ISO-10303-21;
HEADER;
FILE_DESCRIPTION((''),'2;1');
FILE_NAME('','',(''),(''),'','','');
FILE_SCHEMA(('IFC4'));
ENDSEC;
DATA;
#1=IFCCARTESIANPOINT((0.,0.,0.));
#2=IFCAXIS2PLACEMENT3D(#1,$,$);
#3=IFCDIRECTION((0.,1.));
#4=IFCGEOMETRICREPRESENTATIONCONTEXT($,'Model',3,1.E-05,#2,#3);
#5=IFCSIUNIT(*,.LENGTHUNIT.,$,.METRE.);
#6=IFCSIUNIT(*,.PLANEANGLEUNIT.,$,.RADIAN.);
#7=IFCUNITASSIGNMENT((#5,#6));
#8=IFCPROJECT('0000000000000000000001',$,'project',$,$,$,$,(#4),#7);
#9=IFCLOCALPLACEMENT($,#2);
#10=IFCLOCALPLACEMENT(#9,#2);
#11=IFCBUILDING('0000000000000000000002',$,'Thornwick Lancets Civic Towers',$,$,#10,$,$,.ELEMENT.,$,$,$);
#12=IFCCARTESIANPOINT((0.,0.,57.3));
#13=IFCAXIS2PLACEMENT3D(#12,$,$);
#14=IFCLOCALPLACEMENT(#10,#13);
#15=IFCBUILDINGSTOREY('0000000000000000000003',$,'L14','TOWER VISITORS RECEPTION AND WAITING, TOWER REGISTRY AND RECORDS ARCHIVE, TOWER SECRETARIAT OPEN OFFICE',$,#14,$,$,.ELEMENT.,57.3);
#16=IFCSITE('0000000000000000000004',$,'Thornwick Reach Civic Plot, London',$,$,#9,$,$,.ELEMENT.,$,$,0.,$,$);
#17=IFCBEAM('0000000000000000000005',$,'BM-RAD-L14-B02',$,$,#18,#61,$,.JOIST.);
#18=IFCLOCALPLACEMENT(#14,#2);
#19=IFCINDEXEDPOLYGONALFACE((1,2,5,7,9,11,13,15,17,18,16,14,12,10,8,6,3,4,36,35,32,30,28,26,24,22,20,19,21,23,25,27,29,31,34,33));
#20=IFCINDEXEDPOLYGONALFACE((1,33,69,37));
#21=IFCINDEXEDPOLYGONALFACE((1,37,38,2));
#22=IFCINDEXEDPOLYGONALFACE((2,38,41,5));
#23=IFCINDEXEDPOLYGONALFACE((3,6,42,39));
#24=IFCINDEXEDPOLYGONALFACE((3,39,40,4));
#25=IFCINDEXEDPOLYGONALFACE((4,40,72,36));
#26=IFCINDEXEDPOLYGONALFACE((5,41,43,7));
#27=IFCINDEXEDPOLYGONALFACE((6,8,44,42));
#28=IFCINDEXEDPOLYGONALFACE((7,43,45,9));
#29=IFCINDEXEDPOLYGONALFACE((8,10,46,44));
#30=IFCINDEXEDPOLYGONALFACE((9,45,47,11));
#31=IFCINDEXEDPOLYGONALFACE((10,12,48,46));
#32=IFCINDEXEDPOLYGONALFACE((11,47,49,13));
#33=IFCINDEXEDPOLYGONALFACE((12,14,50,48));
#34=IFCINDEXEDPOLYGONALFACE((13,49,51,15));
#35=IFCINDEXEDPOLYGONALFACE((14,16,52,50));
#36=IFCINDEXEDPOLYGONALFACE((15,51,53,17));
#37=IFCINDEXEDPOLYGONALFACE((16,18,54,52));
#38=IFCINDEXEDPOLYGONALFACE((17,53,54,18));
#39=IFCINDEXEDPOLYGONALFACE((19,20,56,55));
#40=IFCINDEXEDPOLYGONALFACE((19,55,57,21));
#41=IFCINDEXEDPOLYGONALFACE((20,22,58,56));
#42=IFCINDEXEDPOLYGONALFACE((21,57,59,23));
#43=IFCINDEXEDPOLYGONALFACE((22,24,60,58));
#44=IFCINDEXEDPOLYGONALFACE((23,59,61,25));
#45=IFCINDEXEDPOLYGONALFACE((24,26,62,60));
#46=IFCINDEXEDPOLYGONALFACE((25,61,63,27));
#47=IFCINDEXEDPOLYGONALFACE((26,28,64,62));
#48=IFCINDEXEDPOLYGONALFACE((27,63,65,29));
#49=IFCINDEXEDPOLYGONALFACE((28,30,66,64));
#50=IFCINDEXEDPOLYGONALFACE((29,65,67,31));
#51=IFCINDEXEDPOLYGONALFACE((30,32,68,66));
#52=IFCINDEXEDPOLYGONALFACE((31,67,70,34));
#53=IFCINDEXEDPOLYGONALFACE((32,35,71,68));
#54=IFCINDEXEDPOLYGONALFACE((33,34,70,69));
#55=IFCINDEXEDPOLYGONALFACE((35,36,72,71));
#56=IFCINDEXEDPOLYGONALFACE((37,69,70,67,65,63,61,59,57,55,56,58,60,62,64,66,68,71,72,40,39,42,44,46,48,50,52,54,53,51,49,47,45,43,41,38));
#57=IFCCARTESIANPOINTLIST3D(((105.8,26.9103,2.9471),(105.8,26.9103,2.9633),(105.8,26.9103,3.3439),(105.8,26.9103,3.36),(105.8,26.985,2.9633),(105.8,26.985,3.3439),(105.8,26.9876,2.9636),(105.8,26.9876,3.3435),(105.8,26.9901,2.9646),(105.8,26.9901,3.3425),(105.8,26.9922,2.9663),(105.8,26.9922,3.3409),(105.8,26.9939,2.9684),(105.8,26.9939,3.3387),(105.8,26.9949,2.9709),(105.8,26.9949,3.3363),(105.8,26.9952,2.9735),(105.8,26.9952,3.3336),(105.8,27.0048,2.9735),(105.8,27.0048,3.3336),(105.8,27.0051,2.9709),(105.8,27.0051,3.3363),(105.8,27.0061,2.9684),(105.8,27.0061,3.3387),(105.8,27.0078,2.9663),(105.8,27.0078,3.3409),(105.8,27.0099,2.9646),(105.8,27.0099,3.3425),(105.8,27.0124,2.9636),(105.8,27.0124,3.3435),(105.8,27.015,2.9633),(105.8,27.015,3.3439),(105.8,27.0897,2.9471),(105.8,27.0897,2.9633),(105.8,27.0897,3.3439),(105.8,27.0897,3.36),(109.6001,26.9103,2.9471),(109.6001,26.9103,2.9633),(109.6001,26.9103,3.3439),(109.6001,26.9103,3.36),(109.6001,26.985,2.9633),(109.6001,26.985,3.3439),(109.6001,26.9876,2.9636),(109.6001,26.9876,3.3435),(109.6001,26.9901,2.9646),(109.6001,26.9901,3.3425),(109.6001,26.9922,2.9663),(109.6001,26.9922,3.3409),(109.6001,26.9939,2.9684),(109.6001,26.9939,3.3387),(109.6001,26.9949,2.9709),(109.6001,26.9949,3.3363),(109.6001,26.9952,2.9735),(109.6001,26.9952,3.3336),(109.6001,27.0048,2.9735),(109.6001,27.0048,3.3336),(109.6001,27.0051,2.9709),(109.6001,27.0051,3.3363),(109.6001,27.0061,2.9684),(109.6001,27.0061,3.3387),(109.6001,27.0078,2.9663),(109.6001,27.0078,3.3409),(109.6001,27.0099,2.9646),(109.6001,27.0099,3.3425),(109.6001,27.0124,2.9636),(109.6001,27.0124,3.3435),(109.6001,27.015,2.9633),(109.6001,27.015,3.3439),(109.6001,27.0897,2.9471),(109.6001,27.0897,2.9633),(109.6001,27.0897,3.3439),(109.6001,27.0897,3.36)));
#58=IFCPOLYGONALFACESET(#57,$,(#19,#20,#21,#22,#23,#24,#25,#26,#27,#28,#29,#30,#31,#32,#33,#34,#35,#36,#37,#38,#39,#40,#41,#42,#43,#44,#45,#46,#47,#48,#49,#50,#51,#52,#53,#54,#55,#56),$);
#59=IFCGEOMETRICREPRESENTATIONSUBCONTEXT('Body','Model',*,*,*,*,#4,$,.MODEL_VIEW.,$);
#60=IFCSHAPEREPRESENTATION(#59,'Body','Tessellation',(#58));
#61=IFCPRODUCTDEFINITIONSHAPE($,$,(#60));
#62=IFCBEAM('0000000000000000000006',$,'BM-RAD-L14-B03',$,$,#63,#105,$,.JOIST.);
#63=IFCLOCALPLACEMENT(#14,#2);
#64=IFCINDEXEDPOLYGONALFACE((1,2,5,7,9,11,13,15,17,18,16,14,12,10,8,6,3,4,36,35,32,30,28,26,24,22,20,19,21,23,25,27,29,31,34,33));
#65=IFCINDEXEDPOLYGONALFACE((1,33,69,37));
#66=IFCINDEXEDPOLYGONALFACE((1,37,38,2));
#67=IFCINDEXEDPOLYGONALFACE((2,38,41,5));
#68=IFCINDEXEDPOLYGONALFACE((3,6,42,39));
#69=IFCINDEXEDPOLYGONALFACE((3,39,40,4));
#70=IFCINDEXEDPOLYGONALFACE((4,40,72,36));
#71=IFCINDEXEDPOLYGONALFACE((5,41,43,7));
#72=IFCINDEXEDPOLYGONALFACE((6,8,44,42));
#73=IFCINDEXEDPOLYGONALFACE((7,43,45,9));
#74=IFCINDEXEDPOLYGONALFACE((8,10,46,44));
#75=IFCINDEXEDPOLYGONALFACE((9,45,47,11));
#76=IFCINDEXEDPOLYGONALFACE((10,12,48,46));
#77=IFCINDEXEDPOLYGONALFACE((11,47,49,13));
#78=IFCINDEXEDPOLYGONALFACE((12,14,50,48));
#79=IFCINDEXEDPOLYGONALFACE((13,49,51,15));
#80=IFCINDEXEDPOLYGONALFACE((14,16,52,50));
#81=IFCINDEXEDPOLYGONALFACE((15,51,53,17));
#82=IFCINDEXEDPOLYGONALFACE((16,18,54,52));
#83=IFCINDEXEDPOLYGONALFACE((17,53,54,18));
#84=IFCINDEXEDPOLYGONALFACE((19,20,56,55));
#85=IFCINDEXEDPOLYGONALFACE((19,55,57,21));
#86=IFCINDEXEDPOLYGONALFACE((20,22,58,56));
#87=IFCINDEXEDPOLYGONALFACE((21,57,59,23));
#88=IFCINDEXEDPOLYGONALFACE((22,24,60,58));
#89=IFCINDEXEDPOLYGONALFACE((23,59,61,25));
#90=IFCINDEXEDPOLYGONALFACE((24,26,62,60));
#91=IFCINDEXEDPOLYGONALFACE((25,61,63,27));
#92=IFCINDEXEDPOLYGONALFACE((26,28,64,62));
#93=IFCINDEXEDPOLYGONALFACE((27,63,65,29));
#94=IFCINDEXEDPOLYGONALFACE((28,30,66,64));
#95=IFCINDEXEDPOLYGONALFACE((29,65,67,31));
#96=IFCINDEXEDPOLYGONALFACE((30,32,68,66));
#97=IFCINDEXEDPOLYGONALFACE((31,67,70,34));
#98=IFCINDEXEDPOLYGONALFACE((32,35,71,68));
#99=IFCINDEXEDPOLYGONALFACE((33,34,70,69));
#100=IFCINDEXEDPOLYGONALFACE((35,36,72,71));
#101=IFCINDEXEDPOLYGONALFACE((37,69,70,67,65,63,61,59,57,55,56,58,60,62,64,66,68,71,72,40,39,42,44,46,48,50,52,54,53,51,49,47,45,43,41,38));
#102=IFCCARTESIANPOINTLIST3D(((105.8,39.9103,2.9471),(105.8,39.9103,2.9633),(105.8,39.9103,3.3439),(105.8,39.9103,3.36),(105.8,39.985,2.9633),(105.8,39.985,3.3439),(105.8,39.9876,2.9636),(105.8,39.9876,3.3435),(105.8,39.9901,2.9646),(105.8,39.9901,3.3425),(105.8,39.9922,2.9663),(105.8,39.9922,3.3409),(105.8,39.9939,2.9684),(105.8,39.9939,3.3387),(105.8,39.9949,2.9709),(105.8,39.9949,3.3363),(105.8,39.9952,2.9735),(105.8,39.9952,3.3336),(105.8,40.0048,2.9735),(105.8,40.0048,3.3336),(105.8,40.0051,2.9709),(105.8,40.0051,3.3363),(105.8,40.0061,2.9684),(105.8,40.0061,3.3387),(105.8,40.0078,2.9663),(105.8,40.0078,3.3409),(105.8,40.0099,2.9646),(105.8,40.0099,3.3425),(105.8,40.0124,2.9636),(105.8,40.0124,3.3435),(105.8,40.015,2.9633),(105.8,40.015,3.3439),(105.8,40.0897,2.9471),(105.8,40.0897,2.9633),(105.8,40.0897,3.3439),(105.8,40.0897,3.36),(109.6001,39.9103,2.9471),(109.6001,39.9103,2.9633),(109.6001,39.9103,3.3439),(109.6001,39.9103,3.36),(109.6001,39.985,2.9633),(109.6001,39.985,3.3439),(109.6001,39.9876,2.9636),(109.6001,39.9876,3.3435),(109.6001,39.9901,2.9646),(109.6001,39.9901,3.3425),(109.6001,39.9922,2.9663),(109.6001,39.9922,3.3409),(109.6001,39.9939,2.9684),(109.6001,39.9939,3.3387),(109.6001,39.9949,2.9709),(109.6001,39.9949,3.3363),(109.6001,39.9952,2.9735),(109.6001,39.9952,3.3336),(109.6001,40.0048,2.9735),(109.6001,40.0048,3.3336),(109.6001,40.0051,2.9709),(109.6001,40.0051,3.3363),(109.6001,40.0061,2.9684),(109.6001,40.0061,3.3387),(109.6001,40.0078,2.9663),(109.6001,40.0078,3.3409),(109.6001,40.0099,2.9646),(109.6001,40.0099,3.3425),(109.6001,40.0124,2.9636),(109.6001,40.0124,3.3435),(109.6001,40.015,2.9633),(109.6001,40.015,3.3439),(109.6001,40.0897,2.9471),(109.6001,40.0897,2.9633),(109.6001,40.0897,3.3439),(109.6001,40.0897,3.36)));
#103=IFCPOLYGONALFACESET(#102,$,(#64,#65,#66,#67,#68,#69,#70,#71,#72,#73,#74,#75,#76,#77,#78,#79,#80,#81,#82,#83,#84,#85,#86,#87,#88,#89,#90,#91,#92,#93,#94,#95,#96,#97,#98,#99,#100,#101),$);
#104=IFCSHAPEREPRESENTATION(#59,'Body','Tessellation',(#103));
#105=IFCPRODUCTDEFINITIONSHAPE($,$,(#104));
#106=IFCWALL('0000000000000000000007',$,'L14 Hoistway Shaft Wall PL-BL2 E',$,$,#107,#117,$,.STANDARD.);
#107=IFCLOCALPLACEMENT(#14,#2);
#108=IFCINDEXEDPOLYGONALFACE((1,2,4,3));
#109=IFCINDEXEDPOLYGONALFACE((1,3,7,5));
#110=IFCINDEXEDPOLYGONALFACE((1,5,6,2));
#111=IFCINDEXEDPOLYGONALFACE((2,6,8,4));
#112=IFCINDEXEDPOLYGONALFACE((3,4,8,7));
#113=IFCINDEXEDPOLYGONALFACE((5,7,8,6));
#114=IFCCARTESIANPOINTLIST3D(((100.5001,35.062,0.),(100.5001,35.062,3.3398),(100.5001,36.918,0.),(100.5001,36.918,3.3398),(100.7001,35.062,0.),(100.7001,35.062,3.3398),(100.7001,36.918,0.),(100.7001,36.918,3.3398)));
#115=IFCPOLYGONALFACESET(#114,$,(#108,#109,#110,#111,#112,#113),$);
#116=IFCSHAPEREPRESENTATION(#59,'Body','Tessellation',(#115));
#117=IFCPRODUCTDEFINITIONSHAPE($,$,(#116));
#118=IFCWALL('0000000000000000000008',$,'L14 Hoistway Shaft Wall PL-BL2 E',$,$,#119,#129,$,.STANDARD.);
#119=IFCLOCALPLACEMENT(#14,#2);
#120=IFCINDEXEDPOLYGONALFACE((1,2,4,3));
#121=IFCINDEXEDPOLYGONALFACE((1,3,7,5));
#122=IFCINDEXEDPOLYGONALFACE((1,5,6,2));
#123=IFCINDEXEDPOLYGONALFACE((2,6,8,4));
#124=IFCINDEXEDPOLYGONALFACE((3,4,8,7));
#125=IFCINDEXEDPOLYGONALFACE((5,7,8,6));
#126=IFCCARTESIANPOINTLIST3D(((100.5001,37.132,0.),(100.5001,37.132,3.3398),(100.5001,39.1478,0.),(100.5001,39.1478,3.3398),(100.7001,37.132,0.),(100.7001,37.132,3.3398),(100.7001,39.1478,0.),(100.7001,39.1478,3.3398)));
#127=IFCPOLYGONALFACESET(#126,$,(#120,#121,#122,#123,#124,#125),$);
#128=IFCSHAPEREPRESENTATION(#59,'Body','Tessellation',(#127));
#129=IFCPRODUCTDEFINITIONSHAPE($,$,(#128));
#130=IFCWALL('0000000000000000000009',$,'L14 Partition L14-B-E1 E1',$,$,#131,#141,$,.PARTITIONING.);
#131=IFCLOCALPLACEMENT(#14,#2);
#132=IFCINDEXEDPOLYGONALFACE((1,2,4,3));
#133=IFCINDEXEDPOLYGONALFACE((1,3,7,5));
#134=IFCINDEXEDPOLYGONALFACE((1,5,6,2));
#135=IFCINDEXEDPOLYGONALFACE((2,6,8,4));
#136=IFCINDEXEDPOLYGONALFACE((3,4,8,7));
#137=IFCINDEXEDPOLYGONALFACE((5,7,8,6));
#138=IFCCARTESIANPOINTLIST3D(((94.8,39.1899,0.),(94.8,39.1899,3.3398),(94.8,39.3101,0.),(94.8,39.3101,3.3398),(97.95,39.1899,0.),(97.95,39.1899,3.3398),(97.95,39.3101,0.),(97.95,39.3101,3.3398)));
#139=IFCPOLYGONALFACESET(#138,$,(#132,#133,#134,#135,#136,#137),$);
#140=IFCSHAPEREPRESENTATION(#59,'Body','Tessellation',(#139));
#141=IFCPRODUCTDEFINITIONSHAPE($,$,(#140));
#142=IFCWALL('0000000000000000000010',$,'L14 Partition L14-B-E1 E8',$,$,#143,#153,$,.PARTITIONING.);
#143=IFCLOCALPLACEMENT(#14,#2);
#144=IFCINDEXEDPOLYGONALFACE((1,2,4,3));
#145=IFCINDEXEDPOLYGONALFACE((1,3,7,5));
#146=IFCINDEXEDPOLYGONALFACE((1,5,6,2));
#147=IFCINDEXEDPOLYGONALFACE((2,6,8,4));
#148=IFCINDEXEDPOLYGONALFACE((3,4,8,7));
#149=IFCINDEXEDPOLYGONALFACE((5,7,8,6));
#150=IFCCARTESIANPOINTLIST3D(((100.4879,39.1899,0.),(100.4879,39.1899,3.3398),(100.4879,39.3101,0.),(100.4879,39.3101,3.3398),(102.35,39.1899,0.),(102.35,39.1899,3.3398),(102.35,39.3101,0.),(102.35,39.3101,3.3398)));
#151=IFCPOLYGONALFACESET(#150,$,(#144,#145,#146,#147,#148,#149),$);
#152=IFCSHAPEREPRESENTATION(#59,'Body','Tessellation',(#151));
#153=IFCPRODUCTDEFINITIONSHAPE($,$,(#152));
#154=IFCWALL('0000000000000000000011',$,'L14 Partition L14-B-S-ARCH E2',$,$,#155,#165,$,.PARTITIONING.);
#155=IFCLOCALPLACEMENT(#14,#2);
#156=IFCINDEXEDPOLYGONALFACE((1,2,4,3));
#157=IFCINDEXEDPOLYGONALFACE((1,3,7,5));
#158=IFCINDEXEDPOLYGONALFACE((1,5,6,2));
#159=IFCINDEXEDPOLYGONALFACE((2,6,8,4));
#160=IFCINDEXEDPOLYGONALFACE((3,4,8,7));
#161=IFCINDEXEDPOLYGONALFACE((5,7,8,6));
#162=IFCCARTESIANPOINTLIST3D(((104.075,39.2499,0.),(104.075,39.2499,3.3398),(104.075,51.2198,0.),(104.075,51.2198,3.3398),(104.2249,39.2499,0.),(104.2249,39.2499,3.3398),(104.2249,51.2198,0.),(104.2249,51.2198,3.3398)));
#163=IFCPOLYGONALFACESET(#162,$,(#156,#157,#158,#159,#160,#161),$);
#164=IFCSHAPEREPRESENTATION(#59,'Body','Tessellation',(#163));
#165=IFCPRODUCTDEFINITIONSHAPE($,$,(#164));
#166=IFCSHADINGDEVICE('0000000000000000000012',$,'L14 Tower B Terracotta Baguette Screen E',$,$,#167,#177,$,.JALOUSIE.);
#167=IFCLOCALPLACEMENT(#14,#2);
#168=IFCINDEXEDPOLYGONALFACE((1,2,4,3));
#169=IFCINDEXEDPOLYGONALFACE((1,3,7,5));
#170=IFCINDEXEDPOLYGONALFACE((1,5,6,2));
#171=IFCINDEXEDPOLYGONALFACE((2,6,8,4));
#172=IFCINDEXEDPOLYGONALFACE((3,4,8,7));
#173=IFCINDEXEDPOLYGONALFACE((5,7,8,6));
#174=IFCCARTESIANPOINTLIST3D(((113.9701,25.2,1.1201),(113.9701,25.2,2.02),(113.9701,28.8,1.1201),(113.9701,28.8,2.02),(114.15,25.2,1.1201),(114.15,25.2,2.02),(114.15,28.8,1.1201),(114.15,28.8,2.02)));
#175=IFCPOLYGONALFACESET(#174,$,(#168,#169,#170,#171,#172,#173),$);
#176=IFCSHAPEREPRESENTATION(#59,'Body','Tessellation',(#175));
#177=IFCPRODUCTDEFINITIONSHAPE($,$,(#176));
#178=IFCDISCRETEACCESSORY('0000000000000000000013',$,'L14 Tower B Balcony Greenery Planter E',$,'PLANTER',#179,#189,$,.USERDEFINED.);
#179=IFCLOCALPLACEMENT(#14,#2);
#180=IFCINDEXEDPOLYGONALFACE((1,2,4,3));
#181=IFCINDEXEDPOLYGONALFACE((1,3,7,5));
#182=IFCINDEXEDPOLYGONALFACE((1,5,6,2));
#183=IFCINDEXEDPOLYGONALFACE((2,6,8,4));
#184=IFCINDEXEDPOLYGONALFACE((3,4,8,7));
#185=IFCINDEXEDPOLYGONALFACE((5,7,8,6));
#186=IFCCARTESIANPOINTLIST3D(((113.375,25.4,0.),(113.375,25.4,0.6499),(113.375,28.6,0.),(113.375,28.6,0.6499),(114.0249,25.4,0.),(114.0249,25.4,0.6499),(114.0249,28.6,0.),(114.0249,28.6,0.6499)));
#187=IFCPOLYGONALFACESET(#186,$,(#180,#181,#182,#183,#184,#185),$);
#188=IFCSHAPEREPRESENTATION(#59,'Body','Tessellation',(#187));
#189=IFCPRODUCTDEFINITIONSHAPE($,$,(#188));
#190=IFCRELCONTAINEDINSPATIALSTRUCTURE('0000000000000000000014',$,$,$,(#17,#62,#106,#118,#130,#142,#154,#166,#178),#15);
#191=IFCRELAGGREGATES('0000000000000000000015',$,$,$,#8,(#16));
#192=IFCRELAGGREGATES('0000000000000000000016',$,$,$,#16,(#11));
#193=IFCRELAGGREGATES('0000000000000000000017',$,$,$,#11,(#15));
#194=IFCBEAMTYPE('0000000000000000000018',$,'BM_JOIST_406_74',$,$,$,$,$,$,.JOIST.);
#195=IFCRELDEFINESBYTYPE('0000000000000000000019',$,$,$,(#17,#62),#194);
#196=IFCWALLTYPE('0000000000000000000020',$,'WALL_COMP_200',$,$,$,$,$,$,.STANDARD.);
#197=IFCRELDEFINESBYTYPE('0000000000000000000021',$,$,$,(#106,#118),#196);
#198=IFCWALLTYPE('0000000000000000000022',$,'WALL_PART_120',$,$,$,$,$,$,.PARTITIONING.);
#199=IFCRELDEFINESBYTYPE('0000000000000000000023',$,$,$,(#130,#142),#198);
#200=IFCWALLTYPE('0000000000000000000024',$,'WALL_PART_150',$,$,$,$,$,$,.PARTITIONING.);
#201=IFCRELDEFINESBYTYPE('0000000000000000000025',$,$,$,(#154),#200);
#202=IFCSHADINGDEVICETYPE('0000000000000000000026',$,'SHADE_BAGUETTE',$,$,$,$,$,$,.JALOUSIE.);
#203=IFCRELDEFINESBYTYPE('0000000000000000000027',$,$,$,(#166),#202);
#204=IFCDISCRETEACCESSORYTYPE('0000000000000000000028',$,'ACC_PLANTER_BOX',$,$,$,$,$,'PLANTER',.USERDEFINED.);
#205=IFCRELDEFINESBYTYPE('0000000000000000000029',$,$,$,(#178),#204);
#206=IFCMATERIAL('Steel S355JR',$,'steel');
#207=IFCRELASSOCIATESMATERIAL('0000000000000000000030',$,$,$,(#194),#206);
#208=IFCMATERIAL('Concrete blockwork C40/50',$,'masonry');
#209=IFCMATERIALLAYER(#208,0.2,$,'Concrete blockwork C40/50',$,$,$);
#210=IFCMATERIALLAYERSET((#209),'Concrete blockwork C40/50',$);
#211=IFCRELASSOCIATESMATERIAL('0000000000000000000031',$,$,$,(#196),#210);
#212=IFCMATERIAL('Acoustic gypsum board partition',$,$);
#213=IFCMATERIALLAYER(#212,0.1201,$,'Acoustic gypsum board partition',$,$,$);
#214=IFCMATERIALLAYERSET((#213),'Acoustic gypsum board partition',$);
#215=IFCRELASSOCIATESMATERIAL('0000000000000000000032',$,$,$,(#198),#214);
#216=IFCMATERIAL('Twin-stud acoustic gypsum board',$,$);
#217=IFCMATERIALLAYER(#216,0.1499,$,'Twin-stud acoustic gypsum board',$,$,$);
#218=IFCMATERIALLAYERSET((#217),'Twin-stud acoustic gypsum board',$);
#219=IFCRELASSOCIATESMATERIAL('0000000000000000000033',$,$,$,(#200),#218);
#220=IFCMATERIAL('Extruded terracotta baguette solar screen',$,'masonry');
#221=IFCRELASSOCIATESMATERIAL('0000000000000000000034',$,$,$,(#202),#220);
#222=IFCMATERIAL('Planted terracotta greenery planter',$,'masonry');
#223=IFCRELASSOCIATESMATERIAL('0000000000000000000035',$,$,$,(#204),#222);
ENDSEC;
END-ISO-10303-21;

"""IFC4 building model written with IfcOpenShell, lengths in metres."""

from ifc_helpers import new_model, si_unit, direction, frame, frame_2d, origin, origin_2d, place, context, subcontext, project, spatial, rectangle, i_section, extrude, material, layer, layer_set, material_profile, profile_set, type_object, element, save


model = new_model("IFC4")

# Units and contexts
model_context = context("Model", 3, precision=1e-05, world=origin(), true_north=direction((0.0, 1.0)))
body_context = subcontext(model_context, "Body", "Model", "MODEL_VIEW")
ifc_project = project(units=[si_unit("LENGTHUNIT", "METRE"), si_unit("PLANEANGLEUNIT", "RADIAN")], contexts=[model_context])

# Site, building, storey
site_placement = place(None, origin())
site = spatial("IfcSite", under=ifc_project, at=site_placement, Name="Thornwick Reach Civic Plot, London", CompositionType="ELEMENT", RefElevation=0.0)
building_placement = place(site_placement, origin())
building = spatial("IfcBuilding", under=site, at=building_placement, Name="Thornwick Lancets Civic Towers", CompositionType="ELEMENT")
storey_placement = place(building_placement, frame((0.0, 0.0, 57.3)))
storey = spatial("IfcBuildingStorey", under=building, at=storey_placement, Name="L14", Description="TOWER VISITORS RECEPTION AND WAITING, TOWER REGISTRY AND RECORDS ARCHIVE, TOWER SECRETARIAT OPEN OFFICE", CompositionType="ELEMENT", Elevation=57.3)

# Beams
ifc_material_1 = material(Name="Steel S355JR", Category="steel")
ifc_material_profile_1 = material_profile(ifc_material_1, i_section(OverallWidth=0.1794, OverallDepth=0.4128, WebThickness=0.0095, FlangeThickness=0.0161, FilletRadius=0.0103, at=origin_2d()), Name="UKB 406x178x74")
ifc_profile_set_1 = profile_set([ifc_material_profile_1], Name="Steel S355JR")
beam_type_1 = type_object("IfcBeamType", Name="BM_JOIST_406_74", PredefinedType="JOIST", material=ifc_profile_set_1)
for number, where, z_axis, x_axis, name in (
    (1, (105.8, 27.0, 3.1536), (1.0, 0.0, 0.0), (0.0, 1.0, 0.0), "BM-RAD-L14-B02"),
    (2, (105.8, 40.0, 3.1536), (1.0, 0.0, 0.0), (0.0, 1.0, 0.0), "BM-RAD-L14-B03"),
):
    element("IfcBeam", number, at=place(storey_placement, frame(where, z_axis=z_axis, x_axis=x_axis)), inside=storey, type_object=beam_type_1, Name=name, PredefinedType="JOIST", context=body_context, shape_type="SweptSolid", body=[
        extrude(i_section(OverallWidth=0.1794, OverallDepth=0.4128, WebThickness=0.0095, FlangeThickness=0.0161, FilletRadius=0.0103, at=origin_2d()), origin(), (0.0, 0.0, 1.0), 3.8),
    ])

# Walls
ifc_material_2 = material(Name="Concrete blockwork C40/50", Category="masonry")
ifc_layer_1 = layer(ifc_material_2, 0.2, Name="Concrete blockwork C40/50")
ifc_layer_set_1 = layer_set([ifc_layer_1], Name="Concrete blockwork C40/50")
wall_type_1 = type_object("IfcWallType", Name="WALL_COMP_200", PredefinedType="STANDARD", material=ifc_layer_set_1)
wall_1_placement = place(storey_placement, frame((100.6001, 35.062, 0.0), z_axis=(0.0, 0.0, 1.0), x_axis=(0.0, 1.0, 0.0)))
element("IfcWall", 3, at=wall_1_placement, inside=storey, type_object=wall_type_1, Name="L14 Hoistway Shaft Wall PL-BL2 E", PredefinedType="STANDARD", context=body_context, shape_type="SweptSolid", body=[
    extrude(rectangle(XDim=1.856, YDim=0.2, at=frame_2d((0.928, 0.0))), origin(), (0.0, 0.0, 1.0), 3.3398),
])
wall_2_placement = place(storey_placement, frame((100.6001, 37.1321, 0.0), z_axis=(0.0, 0.0, 1.0), x_axis=(0.0, 1.0, 0.0)))
element("IfcWall", 4, at=wall_2_placement, inside=storey, type_object=wall_type_1, Name="L14 Hoistway Shaft Wall PL-BL2 E", PredefinedType="STANDARD", context=body_context, shape_type="SweptSolid", body=[
    extrude(rectangle(XDim=2.0159, YDim=0.2, at=frame_2d((1.0078, 0.0))), origin(), (0.0, 0.0, 1.0), 3.3398),
])
ifc_material_3 = material(Name="Acoustic gypsum board partition")
ifc_layer_2 = layer(ifc_material_3, 0.1201, Name="Acoustic gypsum board partition")
ifc_layer_set_2 = layer_set([ifc_layer_2], Name="Acoustic gypsum board partition")
wall_type_2 = type_object("IfcWallType", Name="WALL_PART_120", PredefinedType="PARTITIONING", material=ifc_layer_set_2)
wall_3_placement = place(storey_placement, frame((97.95, 39.25, 0.0), z_axis=(0.0, 0.0, 1.0), x_axis=(-1.0, 0.0, 0.0)))
element("IfcWall", 5, at=wall_3_placement, inside=storey, type_object=wall_type_2, Name="L14 Partition L14-B-E1 E1", PredefinedType="PARTITIONING", context=body_context, shape_type="SweptSolid", body=[
    extrude(rectangle(XDim=3.1499, YDim=0.1201, at=frame_2d((1.575, 0.0))), origin(), (0.0, 0.0, 1.0), 3.3398),
])
wall_4_placement = place(storey_placement, frame((102.3501, 39.25, 0.0), z_axis=(0.0, 0.0, 1.0), x_axis=(-1.0, 0.0, 0.0)))
element("IfcWall", 6, at=wall_4_placement, inside=storey, type_object=wall_type_2, Name="L14 Partition L14-B-E1 E8", PredefinedType="PARTITIONING", context=body_context, shape_type="SweptSolid", body=[
    extrude(rectangle(XDim=1.8621, YDim=0.1201, at=frame_2d((0.9312, 0.0))), origin(), (0.0, 0.0, 1.0), 3.3398),
])
ifc_material_4 = material(Name="Twin-stud acoustic gypsum board")
ifc_layer_3 = layer(ifc_material_4, 0.1499, Name="Twin-stud acoustic gypsum board")
ifc_layer_set_3 = layer_set([ifc_layer_3], Name="Twin-stud acoustic gypsum board")
wall_type_3 = type_object("IfcWallType", Name="WALL_PART_150", PredefinedType="PARTITIONING", material=ifc_layer_set_3)
wall_5_placement = place(storey_placement, frame((104.1499, 39.25, 0.0), z_axis=(0.0, 0.0, 1.0), x_axis=(0.0, 1.0, 0.0)))
element("IfcWall", 7, at=wall_5_placement, inside=storey, type_object=wall_type_3, Name="L14 Partition L14-B-S-ARCH E2", PredefinedType="PARTITIONING", context=body_context, shape_type="SweptSolid", body=[
    extrude(rectangle(XDim=11.97, YDim=0.1499, at=frame_2d((5.9849, 0.0))), origin(), (0.0, 0.0, 1.0), 3.3398),
])

# Shading device
ifc_material_5 = material(Name="Extruded terracotta baguette solar screen", Category="masonry")
shading_device_type = type_object("IfcShadingDeviceType", Name="SHADE_BAGUETTE", PredefinedType="JALOUSIE", material=ifc_material_5)
shading_device_placement = place(storey_placement, frame((114.0601, 27.0, 1.1201), z_axis=(0.0, 0.0, 1.0), x_axis=(0.0, 1.0, 0.0)))
element("IfcShadingDevice", 8, at=shading_device_placement, inside=storey, type_object=shading_device_type, Name="L14 Tower B Terracotta Baguette Screen E", PredefinedType="JALOUSIE", context=body_context, shape_type="SweptSolid", body=[
    extrude(rectangle(XDim=3.6001, YDim=0.1799, at=origin_2d()), origin(), (0.0, 0.0, 1.0), 0.8999),
])

# Discrete accessory
ifc_material_6 = material(Name="Planted terracotta greenery planter", Category="masonry")
discrete_accessory_type = type_object("IfcDiscreteAccessoryType", Name="ACC_PLANTER_BOX", ElementType="PLANTER", PredefinedType="USERDEFINED", material=ifc_material_6)
discrete_accessory_placement = place(storey_placement, frame((113.7, 27.0, 0.0), z_axis=(0.0, 0.0, 1.0), x_axis=(1.0, 0.0, 0.0)))
element("IfcDiscreteAccessory", 9, at=discrete_accessory_placement, inside=storey, type_object=discrete_accessory_type, Name="L14 Tower B Balcony Greenery Planter E", ObjectType="PLANTER", PredefinedType="USERDEFINED", context=body_context, shape_type="SweptSolid", body=[
    extrude(rectangle(XDim=0.6499, YDim=3.2, at=origin_2d()), origin(), (0.0, 0.0, 1.0), 0.6499),
])

save(model, "model.ifc")
